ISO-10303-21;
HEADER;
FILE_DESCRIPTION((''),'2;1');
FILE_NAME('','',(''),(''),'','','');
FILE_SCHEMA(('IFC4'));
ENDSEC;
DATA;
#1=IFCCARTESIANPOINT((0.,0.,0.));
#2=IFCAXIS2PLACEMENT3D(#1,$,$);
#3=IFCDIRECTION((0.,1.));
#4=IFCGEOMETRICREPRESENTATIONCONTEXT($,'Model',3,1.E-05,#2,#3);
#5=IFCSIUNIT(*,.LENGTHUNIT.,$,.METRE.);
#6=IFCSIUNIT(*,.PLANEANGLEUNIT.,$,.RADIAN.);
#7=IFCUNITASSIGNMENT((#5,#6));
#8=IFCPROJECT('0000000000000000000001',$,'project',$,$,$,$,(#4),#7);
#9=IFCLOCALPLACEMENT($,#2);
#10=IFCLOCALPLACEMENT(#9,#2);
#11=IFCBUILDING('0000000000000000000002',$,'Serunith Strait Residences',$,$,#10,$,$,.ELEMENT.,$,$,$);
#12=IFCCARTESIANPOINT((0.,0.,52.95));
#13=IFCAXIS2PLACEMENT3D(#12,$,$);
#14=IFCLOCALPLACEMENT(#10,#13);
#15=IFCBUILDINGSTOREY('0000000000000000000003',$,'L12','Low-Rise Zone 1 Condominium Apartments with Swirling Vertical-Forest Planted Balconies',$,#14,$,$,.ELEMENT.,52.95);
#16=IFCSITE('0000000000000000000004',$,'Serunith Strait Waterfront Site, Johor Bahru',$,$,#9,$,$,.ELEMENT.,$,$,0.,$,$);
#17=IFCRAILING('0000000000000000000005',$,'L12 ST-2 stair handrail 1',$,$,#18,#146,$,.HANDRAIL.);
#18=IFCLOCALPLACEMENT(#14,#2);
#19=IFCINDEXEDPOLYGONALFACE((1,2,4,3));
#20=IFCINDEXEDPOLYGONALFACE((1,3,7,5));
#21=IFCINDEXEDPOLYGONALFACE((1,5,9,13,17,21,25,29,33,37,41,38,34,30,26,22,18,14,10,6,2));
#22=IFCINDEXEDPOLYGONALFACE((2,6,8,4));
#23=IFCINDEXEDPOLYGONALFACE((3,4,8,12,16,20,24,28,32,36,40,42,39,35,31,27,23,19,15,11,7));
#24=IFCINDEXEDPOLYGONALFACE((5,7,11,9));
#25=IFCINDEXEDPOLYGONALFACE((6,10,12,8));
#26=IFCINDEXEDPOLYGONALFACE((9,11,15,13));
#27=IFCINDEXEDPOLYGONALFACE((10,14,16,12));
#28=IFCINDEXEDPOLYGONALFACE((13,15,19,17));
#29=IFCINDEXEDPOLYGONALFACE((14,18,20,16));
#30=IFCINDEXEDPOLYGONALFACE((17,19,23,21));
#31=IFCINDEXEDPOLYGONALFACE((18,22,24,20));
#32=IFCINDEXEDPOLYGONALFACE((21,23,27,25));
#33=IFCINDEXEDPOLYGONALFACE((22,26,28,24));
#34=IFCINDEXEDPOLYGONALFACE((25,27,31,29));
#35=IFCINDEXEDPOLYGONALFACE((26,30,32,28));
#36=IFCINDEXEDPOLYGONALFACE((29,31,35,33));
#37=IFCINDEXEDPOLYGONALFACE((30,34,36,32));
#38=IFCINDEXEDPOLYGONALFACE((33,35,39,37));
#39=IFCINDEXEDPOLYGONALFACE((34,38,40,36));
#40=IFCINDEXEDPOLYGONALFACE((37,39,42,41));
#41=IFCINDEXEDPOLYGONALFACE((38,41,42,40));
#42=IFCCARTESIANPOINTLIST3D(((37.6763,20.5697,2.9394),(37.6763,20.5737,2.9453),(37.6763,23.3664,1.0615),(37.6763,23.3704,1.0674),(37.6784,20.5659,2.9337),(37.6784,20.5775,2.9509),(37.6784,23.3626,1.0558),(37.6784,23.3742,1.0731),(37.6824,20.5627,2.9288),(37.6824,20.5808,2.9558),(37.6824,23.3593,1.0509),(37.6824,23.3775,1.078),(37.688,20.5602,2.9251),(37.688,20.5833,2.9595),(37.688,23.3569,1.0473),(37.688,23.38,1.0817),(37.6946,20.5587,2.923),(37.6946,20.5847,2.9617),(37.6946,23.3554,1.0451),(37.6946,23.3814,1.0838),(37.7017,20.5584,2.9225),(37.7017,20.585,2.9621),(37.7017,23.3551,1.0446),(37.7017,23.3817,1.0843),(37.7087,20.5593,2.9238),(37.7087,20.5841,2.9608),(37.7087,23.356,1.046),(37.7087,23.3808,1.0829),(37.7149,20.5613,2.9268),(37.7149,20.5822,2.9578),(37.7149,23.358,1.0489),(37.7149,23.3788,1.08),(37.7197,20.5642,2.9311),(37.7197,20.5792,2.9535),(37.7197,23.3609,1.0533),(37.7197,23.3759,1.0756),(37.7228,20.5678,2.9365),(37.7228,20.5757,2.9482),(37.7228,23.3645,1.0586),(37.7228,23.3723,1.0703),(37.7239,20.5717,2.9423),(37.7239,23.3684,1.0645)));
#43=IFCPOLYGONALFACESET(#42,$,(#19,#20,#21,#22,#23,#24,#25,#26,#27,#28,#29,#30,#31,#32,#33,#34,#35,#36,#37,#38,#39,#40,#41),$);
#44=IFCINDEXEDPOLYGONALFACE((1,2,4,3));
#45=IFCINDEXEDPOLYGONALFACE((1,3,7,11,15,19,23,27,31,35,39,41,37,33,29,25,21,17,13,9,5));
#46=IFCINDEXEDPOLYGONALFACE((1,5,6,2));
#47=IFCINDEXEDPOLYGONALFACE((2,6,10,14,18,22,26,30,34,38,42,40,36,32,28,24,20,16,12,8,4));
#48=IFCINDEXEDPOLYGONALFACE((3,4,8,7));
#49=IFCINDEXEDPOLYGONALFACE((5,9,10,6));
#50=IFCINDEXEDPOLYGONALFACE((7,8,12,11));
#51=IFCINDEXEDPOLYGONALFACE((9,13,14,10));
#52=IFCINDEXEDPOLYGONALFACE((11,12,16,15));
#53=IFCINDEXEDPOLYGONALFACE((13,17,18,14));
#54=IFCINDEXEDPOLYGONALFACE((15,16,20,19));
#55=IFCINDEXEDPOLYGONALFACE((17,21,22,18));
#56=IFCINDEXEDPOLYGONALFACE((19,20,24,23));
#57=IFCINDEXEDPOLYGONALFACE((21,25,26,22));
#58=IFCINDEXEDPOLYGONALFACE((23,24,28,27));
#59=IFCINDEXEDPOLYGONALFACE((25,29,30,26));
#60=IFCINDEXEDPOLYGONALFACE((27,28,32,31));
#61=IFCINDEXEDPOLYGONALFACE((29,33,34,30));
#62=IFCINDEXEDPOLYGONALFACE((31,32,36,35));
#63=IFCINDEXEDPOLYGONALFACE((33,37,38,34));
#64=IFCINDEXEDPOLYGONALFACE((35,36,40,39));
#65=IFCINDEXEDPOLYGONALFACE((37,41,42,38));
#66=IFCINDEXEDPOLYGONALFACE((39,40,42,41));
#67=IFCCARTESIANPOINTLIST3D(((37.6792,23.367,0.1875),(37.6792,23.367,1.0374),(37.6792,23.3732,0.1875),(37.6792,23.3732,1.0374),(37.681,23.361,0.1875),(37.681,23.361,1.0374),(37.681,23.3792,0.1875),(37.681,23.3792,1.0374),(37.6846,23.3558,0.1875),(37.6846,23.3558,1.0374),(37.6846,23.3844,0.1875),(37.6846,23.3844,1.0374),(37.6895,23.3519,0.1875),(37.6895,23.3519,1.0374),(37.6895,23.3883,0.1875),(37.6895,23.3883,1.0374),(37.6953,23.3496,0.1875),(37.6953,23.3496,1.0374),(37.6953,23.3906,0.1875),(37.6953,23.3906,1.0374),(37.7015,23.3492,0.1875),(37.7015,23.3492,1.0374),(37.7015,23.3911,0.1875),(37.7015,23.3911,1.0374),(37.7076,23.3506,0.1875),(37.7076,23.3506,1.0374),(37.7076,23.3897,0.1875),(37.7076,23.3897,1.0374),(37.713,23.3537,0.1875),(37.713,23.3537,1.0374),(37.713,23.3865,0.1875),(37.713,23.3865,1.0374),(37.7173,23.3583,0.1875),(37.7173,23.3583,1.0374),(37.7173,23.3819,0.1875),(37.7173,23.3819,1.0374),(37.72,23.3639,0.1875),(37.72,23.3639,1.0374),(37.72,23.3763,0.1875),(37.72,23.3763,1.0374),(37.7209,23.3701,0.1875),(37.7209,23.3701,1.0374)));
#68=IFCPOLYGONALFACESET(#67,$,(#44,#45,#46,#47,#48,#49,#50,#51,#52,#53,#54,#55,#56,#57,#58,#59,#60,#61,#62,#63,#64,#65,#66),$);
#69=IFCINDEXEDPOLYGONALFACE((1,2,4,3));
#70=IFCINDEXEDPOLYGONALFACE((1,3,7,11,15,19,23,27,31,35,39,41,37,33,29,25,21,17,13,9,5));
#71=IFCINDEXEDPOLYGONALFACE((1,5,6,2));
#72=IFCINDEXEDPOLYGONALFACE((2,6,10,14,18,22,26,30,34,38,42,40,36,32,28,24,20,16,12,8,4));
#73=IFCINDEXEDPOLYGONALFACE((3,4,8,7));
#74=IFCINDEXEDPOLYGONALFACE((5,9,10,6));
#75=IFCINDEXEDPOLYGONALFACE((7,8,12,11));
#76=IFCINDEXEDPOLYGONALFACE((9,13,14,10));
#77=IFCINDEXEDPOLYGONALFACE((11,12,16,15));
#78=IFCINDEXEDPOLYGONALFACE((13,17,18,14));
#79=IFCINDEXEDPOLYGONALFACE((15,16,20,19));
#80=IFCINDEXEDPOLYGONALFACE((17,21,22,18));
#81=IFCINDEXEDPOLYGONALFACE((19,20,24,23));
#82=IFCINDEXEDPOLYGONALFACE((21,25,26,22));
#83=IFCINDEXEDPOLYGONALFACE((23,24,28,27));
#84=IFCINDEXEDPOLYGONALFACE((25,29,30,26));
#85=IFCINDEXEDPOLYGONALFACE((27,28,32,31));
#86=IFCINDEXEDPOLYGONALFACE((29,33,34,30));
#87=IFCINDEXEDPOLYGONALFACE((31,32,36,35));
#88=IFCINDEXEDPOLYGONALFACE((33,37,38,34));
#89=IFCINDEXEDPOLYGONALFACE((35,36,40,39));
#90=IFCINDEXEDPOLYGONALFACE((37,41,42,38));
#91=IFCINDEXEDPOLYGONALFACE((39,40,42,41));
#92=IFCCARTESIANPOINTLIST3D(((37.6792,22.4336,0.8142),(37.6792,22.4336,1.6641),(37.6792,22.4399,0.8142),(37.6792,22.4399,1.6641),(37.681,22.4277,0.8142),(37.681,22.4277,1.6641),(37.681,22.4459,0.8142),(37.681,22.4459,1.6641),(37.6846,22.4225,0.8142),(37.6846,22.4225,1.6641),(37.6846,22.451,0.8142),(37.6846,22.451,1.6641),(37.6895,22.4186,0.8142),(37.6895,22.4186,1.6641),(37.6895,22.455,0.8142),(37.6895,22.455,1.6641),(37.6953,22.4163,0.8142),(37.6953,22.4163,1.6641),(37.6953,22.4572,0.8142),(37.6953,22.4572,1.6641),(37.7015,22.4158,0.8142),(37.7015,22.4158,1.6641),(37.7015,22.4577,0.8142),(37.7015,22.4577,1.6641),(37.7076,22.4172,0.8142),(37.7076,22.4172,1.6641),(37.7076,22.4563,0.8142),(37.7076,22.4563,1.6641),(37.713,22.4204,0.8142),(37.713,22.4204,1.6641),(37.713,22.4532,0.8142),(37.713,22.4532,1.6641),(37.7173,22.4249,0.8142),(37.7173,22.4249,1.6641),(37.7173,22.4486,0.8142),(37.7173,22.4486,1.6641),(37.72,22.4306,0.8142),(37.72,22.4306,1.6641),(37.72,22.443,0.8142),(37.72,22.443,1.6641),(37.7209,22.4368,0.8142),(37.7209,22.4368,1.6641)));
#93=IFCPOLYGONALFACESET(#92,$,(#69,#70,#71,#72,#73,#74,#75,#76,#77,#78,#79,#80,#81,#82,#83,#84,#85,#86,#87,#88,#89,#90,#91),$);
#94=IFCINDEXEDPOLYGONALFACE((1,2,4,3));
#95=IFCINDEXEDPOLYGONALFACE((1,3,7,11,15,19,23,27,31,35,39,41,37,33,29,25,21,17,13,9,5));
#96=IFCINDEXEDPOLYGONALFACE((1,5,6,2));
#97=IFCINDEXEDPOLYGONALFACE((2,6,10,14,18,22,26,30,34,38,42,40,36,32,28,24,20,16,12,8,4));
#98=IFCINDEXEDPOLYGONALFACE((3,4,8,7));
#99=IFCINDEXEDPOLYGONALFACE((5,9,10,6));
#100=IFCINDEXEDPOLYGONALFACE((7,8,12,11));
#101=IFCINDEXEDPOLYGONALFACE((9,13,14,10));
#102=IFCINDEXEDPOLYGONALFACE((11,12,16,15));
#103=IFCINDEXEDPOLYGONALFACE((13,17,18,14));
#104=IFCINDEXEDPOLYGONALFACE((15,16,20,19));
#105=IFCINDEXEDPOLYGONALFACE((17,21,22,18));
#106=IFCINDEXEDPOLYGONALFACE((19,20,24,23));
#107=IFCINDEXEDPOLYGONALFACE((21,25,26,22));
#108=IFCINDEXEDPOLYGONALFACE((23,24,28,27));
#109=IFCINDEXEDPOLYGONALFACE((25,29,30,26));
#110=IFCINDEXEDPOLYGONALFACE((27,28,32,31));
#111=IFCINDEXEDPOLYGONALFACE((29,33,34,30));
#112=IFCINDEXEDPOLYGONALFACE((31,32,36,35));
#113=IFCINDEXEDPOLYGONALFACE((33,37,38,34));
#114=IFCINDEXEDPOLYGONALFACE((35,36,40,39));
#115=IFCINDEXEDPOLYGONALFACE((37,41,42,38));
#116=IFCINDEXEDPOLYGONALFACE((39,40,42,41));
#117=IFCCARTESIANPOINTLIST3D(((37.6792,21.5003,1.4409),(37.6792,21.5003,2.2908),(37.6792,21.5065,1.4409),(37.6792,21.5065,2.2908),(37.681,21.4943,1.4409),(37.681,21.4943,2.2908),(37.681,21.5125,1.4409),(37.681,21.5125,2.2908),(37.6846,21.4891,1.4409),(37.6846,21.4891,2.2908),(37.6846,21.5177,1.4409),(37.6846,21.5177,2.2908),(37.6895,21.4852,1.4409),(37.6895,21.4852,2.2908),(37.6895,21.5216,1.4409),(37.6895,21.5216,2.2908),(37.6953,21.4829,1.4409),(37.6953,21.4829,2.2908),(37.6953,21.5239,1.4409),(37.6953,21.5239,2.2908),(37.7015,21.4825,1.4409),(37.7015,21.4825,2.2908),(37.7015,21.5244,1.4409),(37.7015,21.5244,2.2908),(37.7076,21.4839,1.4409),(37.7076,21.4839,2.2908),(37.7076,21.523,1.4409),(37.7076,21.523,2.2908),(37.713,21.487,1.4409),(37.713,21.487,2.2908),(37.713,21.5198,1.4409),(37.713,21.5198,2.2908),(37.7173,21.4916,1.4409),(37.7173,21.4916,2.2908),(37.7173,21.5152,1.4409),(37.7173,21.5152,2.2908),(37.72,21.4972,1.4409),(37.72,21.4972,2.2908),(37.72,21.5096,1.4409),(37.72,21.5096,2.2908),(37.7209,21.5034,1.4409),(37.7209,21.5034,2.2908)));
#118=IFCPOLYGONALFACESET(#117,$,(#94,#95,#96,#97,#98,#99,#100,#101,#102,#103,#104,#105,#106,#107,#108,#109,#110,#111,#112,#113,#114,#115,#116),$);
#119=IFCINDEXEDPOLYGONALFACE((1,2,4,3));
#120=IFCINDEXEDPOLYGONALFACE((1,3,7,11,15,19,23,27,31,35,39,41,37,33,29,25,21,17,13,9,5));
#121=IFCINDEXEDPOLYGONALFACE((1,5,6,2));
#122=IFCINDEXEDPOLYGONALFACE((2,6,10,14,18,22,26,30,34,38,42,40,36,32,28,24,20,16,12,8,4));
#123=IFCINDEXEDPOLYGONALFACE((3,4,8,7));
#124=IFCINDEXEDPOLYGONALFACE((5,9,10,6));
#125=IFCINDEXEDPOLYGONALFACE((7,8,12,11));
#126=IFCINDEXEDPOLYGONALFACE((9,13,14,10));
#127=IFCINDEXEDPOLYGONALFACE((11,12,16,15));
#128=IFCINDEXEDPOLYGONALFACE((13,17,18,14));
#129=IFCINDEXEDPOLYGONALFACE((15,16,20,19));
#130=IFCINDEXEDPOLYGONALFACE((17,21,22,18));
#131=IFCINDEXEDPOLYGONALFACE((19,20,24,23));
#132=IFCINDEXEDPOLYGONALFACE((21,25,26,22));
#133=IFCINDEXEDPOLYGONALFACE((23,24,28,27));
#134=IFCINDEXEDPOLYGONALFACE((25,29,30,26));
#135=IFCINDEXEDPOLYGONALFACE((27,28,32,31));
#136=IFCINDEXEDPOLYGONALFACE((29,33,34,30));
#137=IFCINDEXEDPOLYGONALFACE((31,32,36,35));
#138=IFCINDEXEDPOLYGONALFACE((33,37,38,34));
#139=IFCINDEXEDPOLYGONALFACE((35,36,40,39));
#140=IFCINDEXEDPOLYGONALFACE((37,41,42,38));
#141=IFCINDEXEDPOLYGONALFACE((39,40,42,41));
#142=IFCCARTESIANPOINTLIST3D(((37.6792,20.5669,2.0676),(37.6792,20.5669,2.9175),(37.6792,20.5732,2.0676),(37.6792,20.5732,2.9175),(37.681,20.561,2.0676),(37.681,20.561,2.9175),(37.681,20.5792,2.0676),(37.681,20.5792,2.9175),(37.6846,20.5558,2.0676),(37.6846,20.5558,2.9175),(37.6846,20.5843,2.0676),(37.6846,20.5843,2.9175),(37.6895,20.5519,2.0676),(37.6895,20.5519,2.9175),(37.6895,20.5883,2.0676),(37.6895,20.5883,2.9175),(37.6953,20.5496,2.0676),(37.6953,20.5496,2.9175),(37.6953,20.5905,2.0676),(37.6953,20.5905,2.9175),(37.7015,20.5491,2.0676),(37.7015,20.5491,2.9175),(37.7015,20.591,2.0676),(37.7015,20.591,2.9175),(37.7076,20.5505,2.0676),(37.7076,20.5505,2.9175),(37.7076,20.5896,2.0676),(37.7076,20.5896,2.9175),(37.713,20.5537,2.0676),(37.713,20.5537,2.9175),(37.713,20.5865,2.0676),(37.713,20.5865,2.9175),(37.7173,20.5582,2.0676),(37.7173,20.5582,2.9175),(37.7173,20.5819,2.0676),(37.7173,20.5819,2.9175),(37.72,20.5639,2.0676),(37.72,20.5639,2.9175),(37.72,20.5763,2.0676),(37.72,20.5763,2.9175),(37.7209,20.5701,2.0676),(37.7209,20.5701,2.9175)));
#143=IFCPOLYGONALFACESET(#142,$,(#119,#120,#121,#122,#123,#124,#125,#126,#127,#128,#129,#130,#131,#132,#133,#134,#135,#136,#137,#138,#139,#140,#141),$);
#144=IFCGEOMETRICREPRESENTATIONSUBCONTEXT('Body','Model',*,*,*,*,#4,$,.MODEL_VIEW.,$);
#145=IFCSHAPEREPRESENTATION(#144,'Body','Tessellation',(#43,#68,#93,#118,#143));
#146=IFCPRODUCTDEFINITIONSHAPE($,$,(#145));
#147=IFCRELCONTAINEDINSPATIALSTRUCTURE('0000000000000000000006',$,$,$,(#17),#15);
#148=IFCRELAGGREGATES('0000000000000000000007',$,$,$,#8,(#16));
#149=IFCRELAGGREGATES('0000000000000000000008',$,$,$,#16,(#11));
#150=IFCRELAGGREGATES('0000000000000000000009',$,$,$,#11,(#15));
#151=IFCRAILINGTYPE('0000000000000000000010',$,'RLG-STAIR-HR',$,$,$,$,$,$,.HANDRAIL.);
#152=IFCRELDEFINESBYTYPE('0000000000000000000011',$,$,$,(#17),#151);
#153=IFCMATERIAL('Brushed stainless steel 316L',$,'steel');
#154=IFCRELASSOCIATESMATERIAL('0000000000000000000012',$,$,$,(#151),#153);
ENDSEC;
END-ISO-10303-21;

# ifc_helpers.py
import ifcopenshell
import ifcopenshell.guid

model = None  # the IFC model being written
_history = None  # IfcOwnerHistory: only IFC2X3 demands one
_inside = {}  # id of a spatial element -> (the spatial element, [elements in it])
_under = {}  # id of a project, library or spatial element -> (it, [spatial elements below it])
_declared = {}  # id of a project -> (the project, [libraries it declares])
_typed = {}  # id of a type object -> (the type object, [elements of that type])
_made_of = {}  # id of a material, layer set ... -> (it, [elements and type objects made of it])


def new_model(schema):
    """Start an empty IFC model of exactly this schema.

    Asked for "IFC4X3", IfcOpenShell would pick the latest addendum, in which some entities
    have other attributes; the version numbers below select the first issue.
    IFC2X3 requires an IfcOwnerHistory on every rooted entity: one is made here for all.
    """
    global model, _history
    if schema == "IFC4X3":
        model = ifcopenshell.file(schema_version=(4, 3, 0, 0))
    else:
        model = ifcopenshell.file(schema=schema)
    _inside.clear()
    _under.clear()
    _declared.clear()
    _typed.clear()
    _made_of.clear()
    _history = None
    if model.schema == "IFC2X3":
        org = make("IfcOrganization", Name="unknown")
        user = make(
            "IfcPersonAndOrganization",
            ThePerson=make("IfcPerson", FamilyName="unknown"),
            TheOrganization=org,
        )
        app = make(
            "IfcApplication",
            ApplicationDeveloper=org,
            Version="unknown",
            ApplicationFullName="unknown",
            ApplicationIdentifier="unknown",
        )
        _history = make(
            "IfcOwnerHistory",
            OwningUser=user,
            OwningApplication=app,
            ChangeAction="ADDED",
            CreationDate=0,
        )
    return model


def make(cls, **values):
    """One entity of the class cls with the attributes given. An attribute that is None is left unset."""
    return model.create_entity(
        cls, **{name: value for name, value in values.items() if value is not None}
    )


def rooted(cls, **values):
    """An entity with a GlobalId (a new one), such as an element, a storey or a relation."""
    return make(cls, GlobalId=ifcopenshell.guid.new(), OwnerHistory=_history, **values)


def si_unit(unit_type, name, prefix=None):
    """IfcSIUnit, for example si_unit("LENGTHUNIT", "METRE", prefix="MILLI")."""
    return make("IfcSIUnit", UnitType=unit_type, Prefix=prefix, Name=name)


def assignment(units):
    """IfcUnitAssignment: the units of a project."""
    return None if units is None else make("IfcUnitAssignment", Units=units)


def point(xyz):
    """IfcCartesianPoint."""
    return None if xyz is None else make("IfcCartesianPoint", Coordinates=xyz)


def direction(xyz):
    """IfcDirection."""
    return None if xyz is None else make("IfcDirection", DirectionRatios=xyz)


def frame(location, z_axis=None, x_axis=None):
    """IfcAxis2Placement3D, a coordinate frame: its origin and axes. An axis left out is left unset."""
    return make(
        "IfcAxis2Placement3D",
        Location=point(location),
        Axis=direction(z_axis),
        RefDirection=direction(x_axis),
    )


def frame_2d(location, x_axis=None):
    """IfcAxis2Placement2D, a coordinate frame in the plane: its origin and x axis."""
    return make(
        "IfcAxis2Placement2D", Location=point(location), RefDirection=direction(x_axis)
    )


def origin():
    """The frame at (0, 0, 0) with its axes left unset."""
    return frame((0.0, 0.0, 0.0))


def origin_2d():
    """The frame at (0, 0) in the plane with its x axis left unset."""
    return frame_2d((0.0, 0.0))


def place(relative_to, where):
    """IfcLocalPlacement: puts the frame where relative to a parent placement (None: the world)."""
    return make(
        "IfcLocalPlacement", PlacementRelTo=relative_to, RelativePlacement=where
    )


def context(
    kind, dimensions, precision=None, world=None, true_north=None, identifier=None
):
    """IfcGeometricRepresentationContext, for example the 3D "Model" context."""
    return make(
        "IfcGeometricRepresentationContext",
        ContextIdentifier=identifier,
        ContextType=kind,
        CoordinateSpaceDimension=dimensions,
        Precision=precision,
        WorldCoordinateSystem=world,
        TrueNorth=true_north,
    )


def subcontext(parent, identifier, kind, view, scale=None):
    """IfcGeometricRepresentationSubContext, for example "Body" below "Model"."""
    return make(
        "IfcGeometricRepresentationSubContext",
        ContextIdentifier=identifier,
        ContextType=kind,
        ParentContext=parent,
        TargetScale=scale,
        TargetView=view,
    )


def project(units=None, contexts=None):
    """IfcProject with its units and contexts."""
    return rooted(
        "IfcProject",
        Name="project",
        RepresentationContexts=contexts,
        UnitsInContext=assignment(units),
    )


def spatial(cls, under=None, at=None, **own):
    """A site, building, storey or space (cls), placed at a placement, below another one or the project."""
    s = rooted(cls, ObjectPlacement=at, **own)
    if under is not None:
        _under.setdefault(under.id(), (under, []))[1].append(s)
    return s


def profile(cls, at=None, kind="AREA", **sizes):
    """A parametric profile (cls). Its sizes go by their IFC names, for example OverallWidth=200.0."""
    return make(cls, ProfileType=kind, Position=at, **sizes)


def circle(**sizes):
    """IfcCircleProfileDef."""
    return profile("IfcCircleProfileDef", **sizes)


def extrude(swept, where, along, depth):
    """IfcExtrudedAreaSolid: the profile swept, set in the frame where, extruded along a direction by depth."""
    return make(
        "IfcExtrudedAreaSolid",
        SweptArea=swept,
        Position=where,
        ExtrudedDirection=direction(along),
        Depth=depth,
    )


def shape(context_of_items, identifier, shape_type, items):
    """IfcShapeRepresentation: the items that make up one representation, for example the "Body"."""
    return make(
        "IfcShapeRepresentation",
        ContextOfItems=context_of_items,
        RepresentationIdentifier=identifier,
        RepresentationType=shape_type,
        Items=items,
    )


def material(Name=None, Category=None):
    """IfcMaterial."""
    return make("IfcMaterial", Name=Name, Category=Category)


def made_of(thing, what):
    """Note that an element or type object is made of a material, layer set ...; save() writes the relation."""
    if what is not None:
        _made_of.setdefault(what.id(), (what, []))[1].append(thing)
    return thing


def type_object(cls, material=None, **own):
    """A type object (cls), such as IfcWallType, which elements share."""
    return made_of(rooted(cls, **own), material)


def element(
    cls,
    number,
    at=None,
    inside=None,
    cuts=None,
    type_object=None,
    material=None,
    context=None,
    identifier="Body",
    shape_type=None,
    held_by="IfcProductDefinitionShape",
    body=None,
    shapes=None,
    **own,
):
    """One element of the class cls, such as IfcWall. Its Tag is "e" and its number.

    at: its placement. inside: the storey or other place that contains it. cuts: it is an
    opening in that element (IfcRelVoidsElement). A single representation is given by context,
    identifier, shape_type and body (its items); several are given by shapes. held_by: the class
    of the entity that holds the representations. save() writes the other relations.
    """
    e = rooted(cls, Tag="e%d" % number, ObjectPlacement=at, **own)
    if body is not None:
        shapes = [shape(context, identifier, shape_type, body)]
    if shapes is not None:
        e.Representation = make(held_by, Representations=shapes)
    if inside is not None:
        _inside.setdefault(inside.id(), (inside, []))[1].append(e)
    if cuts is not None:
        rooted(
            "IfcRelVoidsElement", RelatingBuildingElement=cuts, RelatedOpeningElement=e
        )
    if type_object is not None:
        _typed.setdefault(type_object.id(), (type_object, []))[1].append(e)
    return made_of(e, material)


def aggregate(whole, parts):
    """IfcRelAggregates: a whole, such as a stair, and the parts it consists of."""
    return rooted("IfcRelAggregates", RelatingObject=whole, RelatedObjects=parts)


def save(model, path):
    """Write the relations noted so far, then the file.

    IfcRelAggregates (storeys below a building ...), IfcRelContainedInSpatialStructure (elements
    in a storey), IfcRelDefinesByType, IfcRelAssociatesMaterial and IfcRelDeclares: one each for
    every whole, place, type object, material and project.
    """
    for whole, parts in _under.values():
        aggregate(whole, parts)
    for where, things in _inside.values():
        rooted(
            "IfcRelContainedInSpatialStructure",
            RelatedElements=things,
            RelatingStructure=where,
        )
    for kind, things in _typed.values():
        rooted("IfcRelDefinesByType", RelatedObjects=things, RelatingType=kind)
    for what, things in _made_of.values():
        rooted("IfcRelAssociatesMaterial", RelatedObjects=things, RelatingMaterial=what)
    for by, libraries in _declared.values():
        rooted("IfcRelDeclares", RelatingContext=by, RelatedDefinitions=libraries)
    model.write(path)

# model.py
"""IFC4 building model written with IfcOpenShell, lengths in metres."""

from ifc_helpers import new_model, si_unit, direction, frame, origin, origin_2d, place, context, subcontext, project, spatial, circle, extrude, material, type_object, element, save


model = new_model("IFC4")

# Units and contexts
model_context = context("Model", 3, precision=1e-05, world=origin(), true_north=direction((0.0, 1.0)))
body_context = subcontext(model_context, "Body", "Model", "MODEL_VIEW")
ifc_project = project(units=[si_unit("LENGTHUNIT", "METRE"), si_unit("PLANEANGLEUNIT", "RADIAN")], contexts=[model_context])

# Site, building, storey
site_placement = place(None, origin())
site = spatial("IfcSite", under=ifc_project, at=site_placement, Name="Serunith Strait Waterfront Site, Johor Bahru", CompositionType="ELEMENT", RefElevation=0.0)
building_placement = place(site_placement, origin())
building = spatial("IfcBuilding", under=site, at=building_placement, Name="Serunith Strait Residences", CompositionType="ELEMENT")
storey_placement = place(building_placement, frame((0.0, 0.0, 52.95)))
storey = spatial("IfcBuildingStorey", under=building, at=storey_placement, Name="L12", Description="Low-Rise Zone 1 Condominium Apartments with Swirling Vertical-Forest Planted Balconies", CompositionType="ELEMENT", Elevation=52.95)

# Railing
ifc_material_1 = material(Name="Brushed stainless steel 316L", Category="steel")
railing_type_1 = type_object("IfcRailingType", Name="RLG-STAIR-HR", PredefinedType="HANDRAIL", material=ifc_material_1)
railing_1_placement = place(storey_placement, frame((37.7, 23.3701, 0.1875)))
element("IfcRailing", 1, at=railing_1_placement, inside=storey, type_object=railing_type_1, Name="L12 ST-2 stair handrail 1", PredefinedType="HANDRAIL", context=body_context, shape_type="SweptSolid", body=[
    extrude(circle(Radius=0.0239, at=origin_2d()), frame((0.0, -0.0017, 0.877), z_axis=(0.0, -0.830208, 0.557453), x_axis=(1.0, 0.0, 0.0)), (0.0, 0.0, 1.0), 3.3687),
    extrude(circle(Radius=0.021, at=origin_2d()), origin(), (0.0, 0.0, 1.0), 0.8499),
    extrude(circle(Radius=0.021, at=origin_2d()), frame((0.0, -0.9333, 0.6267)), (0.0, 0.0, 1.0), 0.8499),
    extrude(circle(Radius=0.021, at=origin_2d()), frame((0.0, -1.8667, 1.2534)), (0.0, 0.0, 1.0), 0.8499),
    extrude(circle(Radius=0.021, at=origin_2d()), frame((0.0, -2.8, 1.8801)), (0.0, 0.0, 1.0), 0.8499),
])

save(model, "model.ifc")
